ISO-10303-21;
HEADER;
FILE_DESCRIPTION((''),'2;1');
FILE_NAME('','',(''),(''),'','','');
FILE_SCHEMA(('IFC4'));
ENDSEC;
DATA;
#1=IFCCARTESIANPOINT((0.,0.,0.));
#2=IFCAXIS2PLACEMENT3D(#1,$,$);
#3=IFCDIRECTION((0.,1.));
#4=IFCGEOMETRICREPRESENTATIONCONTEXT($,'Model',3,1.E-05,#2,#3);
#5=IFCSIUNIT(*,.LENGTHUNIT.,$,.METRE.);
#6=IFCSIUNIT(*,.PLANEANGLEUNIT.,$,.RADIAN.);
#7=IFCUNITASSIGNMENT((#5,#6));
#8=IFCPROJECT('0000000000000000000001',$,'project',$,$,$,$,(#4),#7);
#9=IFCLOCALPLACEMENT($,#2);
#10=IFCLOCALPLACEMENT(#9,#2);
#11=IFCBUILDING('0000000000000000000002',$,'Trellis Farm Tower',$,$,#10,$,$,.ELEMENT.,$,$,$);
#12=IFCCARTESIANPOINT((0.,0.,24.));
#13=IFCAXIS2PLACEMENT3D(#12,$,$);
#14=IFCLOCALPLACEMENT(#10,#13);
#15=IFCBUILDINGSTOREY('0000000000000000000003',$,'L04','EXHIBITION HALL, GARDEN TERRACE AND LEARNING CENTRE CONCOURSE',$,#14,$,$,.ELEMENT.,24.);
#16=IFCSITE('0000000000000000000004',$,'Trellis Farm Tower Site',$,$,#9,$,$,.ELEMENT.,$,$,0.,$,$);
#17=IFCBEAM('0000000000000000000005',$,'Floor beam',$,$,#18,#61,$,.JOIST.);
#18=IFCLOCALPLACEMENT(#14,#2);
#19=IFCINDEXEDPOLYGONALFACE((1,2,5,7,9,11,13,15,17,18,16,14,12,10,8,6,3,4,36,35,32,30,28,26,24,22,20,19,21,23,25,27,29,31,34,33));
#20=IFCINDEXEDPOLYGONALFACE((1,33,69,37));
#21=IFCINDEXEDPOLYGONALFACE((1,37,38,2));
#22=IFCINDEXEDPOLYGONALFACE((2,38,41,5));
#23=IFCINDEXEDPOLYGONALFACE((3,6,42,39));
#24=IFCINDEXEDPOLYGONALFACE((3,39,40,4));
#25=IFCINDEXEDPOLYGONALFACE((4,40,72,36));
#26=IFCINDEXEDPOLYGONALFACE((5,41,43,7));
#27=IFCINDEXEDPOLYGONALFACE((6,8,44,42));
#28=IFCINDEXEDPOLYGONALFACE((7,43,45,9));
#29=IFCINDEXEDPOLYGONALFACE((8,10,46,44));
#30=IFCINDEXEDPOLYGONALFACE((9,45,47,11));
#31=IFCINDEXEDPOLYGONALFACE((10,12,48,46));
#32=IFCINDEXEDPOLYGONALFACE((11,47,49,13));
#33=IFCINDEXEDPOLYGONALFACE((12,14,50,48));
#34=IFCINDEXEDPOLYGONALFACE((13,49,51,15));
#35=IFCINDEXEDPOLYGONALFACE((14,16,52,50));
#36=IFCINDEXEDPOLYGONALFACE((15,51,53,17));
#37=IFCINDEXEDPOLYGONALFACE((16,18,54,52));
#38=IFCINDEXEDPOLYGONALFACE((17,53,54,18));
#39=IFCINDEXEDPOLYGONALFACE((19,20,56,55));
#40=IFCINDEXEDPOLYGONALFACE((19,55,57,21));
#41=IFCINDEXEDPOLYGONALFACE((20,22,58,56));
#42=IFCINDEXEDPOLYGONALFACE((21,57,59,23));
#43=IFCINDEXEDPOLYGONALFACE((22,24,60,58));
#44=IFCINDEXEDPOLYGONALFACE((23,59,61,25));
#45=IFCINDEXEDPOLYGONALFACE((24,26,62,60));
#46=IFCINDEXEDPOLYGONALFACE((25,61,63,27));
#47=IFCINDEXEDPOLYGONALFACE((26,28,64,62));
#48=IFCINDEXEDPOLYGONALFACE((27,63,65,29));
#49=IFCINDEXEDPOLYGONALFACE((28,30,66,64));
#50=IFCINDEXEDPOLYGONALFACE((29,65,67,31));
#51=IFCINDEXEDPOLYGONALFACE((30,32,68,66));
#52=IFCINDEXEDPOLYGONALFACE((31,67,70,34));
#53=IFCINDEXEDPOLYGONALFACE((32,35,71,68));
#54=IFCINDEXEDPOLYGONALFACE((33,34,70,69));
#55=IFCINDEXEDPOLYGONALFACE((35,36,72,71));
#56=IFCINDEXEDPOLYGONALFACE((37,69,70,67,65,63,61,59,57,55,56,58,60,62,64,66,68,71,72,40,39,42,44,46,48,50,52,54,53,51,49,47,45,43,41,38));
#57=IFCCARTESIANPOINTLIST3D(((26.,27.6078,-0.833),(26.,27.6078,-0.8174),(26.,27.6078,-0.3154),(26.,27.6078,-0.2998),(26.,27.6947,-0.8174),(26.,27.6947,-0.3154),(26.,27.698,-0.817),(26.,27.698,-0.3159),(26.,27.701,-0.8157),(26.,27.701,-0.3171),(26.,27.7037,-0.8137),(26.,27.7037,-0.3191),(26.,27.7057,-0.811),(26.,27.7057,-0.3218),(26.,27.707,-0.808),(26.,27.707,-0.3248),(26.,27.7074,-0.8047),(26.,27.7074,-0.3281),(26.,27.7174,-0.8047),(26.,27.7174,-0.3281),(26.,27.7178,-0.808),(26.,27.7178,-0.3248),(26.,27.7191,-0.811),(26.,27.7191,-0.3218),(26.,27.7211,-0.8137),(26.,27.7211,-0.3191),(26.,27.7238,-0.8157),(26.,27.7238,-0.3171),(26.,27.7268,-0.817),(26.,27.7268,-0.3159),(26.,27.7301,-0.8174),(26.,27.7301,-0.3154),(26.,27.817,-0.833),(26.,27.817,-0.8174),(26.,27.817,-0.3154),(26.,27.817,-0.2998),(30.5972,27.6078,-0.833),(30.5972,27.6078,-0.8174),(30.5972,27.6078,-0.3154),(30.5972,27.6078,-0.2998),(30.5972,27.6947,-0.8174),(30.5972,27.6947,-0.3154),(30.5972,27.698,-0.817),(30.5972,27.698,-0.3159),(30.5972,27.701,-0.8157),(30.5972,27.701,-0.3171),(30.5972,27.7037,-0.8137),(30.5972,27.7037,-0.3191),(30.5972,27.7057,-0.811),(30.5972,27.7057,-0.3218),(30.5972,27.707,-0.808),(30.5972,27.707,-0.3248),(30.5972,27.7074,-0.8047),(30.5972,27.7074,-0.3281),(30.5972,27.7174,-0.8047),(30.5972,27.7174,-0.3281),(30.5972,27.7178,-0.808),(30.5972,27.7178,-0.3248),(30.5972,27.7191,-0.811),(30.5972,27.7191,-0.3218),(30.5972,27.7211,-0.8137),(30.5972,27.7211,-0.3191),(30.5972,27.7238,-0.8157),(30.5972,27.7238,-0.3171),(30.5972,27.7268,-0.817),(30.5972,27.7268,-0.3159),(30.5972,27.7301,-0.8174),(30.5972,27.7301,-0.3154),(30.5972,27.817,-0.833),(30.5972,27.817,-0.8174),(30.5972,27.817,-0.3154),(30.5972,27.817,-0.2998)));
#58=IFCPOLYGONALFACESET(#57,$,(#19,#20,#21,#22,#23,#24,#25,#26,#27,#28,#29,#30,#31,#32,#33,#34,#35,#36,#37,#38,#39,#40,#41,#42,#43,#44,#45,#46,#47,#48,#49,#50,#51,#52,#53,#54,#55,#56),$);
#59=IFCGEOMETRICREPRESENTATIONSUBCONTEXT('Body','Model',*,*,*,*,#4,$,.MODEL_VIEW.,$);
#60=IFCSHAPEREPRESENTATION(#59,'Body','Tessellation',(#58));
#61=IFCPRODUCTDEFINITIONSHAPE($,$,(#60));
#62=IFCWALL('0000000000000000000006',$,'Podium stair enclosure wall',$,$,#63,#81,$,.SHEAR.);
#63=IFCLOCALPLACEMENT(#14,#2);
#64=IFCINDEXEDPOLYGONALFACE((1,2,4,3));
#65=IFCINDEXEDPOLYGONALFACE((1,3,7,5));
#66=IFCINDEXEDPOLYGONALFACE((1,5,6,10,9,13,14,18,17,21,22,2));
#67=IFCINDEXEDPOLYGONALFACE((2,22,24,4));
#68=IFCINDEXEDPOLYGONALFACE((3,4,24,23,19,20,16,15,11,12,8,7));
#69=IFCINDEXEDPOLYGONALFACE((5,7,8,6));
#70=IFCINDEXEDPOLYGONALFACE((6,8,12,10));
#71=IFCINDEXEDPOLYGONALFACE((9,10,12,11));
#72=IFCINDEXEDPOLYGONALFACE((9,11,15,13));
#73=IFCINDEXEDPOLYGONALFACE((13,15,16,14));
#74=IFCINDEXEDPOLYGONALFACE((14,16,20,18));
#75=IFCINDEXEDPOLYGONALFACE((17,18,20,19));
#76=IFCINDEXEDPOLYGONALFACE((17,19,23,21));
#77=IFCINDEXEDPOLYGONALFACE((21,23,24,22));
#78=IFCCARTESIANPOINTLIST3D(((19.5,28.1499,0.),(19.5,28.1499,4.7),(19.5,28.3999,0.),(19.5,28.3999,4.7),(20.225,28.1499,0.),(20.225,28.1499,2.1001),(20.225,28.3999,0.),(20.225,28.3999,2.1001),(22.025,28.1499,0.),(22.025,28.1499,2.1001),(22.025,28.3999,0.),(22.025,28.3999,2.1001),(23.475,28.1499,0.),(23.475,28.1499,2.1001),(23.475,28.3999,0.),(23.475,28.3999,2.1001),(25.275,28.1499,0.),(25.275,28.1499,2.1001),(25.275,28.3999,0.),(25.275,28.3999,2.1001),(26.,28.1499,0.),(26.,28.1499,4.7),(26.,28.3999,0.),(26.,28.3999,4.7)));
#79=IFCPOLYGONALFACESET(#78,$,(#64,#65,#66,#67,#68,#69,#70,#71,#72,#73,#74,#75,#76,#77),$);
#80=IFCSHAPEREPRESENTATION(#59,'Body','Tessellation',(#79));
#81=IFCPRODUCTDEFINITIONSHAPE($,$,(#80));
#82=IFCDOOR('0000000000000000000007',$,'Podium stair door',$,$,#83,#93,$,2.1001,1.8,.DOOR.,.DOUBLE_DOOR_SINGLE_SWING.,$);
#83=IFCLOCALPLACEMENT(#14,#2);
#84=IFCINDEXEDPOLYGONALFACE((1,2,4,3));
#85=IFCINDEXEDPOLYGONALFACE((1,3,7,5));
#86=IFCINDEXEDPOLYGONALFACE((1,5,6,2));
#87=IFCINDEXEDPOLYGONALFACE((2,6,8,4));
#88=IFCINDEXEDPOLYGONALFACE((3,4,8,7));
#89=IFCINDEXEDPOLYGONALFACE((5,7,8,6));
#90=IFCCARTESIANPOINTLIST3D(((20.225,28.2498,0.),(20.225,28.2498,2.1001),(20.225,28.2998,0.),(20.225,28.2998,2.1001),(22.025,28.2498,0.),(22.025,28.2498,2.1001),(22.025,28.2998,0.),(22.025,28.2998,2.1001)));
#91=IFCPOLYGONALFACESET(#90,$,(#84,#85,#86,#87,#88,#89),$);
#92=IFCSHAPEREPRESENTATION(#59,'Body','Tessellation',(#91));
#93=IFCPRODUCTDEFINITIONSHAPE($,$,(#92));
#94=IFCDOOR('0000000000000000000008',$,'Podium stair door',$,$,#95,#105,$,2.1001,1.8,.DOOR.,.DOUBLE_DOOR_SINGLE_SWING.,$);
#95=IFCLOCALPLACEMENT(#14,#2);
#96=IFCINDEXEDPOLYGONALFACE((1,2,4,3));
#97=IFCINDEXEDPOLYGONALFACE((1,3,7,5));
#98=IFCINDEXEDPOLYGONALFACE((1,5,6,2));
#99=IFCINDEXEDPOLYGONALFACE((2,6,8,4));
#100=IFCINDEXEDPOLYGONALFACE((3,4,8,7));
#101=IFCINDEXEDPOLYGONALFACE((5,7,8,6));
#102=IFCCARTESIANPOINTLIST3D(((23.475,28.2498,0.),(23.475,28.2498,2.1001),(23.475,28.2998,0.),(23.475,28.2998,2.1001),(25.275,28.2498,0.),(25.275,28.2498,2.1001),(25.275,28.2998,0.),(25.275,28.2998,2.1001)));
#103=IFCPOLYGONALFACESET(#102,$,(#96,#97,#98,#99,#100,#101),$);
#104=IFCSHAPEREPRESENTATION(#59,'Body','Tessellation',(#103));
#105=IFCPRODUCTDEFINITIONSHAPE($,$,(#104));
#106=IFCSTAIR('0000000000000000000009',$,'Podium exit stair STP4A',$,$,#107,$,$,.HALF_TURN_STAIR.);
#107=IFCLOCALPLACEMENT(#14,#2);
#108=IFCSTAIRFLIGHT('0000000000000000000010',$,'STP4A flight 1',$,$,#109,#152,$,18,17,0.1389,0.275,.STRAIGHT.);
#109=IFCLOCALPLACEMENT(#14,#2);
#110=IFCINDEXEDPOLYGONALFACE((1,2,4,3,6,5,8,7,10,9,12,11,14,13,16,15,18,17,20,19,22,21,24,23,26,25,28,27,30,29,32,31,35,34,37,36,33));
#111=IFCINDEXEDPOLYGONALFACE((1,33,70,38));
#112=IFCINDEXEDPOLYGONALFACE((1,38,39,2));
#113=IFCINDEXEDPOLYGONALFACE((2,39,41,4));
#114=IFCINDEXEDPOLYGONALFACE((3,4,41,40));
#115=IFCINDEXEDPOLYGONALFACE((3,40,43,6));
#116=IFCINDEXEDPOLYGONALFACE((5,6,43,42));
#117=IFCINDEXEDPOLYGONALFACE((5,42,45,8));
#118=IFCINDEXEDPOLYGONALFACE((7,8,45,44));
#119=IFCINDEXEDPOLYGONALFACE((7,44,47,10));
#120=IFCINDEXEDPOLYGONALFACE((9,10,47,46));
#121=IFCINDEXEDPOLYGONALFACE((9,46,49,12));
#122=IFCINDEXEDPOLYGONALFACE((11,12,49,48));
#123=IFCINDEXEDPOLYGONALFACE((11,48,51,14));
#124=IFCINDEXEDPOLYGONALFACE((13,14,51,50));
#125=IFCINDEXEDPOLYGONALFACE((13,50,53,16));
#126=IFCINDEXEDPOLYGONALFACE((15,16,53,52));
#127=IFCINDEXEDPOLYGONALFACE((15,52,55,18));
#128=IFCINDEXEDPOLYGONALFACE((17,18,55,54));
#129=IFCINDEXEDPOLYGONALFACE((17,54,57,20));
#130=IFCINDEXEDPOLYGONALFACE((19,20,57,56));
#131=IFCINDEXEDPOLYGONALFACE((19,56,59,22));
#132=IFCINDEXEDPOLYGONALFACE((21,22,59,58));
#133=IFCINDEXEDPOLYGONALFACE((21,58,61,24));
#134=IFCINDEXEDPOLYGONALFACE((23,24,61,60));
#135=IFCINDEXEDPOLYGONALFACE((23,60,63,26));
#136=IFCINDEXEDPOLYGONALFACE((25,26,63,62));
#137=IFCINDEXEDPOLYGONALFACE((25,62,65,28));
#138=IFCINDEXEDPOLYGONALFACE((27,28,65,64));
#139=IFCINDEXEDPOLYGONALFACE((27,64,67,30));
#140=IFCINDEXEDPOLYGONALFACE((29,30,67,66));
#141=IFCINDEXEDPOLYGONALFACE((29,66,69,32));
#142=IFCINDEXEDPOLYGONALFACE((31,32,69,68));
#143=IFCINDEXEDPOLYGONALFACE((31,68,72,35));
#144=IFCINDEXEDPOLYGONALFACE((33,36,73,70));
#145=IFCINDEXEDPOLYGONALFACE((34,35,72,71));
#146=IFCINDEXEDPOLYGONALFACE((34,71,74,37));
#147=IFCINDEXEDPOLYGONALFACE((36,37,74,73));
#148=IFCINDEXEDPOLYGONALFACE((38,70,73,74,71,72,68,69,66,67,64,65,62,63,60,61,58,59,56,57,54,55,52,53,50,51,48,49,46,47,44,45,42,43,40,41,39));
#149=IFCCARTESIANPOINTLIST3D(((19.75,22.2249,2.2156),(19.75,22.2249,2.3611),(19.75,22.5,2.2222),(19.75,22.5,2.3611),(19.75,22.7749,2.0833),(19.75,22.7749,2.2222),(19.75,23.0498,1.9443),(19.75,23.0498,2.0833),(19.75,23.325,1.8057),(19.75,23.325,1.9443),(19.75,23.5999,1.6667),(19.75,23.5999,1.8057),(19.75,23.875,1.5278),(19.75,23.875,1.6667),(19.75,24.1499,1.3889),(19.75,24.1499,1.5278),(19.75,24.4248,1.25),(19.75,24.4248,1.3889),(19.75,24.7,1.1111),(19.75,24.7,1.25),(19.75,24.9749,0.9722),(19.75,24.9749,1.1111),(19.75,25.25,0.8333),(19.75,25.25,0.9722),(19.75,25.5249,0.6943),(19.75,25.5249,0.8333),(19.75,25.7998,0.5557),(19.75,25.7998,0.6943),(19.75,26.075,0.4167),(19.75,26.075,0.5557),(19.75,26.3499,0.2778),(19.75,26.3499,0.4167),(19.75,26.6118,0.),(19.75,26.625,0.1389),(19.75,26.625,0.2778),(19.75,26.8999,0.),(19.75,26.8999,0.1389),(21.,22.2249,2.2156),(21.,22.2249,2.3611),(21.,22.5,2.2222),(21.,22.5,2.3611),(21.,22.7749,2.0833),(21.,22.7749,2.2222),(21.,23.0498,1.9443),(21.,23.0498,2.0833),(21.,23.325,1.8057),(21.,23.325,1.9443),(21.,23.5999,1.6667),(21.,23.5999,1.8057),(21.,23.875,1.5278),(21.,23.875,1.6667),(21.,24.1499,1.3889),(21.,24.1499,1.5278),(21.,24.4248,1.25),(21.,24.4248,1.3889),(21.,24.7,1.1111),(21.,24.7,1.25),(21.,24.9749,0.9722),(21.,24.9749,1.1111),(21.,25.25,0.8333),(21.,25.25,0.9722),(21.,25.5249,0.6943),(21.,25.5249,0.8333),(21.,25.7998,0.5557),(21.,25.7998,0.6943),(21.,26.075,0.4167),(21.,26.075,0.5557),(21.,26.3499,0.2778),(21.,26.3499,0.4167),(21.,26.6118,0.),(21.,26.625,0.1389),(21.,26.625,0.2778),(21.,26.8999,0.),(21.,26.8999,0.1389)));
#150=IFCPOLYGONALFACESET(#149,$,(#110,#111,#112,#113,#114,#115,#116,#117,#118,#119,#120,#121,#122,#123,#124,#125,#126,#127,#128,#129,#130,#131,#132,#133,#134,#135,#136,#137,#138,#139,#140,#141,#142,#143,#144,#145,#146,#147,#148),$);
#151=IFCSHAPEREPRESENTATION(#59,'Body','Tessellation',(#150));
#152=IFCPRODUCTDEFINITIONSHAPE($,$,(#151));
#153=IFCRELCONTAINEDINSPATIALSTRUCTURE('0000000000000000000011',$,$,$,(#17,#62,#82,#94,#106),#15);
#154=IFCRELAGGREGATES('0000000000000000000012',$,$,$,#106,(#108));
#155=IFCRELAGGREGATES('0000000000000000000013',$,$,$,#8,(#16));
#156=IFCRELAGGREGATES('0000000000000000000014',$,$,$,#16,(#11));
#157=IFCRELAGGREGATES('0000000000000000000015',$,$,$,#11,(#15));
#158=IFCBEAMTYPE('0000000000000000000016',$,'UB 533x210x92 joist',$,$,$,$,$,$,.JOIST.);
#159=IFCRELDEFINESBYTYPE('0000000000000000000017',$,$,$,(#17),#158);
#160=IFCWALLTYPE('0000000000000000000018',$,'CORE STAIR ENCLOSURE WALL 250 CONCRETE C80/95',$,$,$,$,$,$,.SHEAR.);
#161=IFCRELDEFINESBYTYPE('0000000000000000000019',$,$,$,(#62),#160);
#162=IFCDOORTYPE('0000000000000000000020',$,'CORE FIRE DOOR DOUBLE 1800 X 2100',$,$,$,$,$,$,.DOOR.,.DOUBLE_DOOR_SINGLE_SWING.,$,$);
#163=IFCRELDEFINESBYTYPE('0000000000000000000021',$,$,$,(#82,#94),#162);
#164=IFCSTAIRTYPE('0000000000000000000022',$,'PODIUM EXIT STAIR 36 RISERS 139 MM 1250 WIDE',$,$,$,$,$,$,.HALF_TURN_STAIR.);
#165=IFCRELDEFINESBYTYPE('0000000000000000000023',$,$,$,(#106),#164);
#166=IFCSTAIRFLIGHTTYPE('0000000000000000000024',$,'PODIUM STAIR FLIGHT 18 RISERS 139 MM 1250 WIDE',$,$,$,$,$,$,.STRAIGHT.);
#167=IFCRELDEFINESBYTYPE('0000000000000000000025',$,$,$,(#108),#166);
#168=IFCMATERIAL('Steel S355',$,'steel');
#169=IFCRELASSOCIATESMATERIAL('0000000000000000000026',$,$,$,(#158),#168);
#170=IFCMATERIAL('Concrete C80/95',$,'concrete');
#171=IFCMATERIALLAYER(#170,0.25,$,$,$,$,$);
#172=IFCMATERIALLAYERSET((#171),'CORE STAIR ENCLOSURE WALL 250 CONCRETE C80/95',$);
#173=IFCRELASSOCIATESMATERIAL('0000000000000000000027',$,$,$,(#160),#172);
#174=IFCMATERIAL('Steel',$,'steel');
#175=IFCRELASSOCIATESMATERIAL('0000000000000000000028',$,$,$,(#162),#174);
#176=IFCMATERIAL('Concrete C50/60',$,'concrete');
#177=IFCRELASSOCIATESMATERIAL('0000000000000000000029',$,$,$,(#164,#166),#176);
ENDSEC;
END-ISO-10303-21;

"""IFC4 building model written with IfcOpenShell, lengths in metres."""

from ifc_helpers import new_model, si_unit, direction, frame, frame_2d, origin, origin_2d, place, context, subcontext, project, spatial, polyline, rectangle, i_section, outline, extrude, source, transform, mapped, material, layer, layer_set, material_profile, profile_set, type_object, element, fill, aggregate, save


model = new_model("IFC4")

# Units and contexts
model_context = context("Model", 3, precision=1e-05, world=origin(), true_north=direction((0.0, 1.0)))
body_context = subcontext(model_context, "Body", "Model", "MODEL_VIEW")
ifc_project = project(units=[si_unit("LENGTHUNIT", "METRE"), si_unit("PLANEANGLEUNIT", "RADIAN")], contexts=[model_context])

# Site, building, storey
site_placement = place(None, origin())
site = spatial("IfcSite", under=ifc_project, at=site_placement, Name="Trellis Farm Tower Site", CompositionType="ELEMENT", RefElevation=0.0)
building_placement = place(site_placement, origin())
building = spatial("IfcBuilding", under=site, at=building_placement, Name="Trellis Farm Tower", CompositionType="ELEMENT")
storey_placement = place(building_placement, frame((0.0, 0.0, 24.0)))
storey = spatial("IfcBuildingStorey", under=building, at=storey_placement, Name="L04", Description="EXHIBITION HALL, GARDEN TERRACE AND LEARNING CENTRE CONCOURSE", CompositionType="ELEMENT", Elevation=24.0)

# Beam
ifc_material_1 = material(Name="Steel S355", Category="steel")
ifc_material_profile_1 = material_profile(ifc_material_1, i_section(OverallWidth=0.2092, OverallDepth=0.5332, WebThickness=0.01, FlangeThickness=0.0156, FilletRadius=0.0127, at=origin_2d()), Name="UB 533x210x92")
ifc_profile_set_1 = profile_set([ifc_material_profile_1], Name="Steel S355")
beam_type_1 = type_object("IfcBeamType", Name="UB 533x210x92 joist", PredefinedType="JOIST", material=ifc_profile_set_1)
shared_shape_1 = source(origin(), body_context, "Body", "SweptSolid", [
    extrude(i_section(OverallWidth=0.2092, OverallDepth=0.5332, WebThickness=0.01, FlangeThickness=0.0156, FilletRadius=0.0127, at=origin_2d()), origin(), (0.0, 0.0, 1.0), 4.5972),
])
beam_1_placement = place(storey_placement, frame((26.0, 27.7124, -0.5664), z_axis=(1.0, 0.0, 0.0), x_axis=(0.0, 1.0, 0.0)))
element("IfcBeam", 1, at=beam_1_placement, inside=storey, type_object=beam_type_1, Name="Floor beam", PredefinedType="JOIST", context=body_context, shape_type="MappedRepresentation", body=[
    mapped(shared_shape_1, transform((0.0, 0.0, 0.0))),
])

# Wall, openings, doors
ifc_material_2 = material(Name="Concrete C80/95", Category="concrete")
ifc_layer = layer(ifc_material_2, 0.25)
ifc_layer_set = layer_set([ifc_layer], Name="CORE STAIR ENCLOSURE WALL 250 CONCRETE C80/95")
wall_type = type_object("IfcWallType", Name="CORE STAIR ENCLOSURE WALL 250 CONCRETE C80/95", PredefinedType="SHEAR", material=ifc_layer_set)
shared_shape_2 = source(origin(), body_context, "Body", "SweptSolid", [
    extrude(rectangle(XDim=6.5, YDim=0.25, at=frame_2d((3.25, 0.0))), origin(), (0.0, 0.0, 1.0), 4.7),
])
wall_placement = place(storey_placement, frame((19.5, 28.2749, 0.0), z_axis=(0.0, 0.0, 1.0), x_axis=(1.0, 0.0, 0.0)))
wall = element("IfcWall", 2, at=wall_placement, inside=storey, type_object=wall_type, Name="Podium stair enclosure wall", PredefinedType="SHEAR", context=body_context, shape_type="MappedRepresentation", body=[
    mapped(shared_shape_2, transform((0.0, 0.0, 0.0))),
])
shared_shape_3 = source(origin(), body_context, "Body", "SweptSolid", [
    extrude(rectangle(XDim=1.8, YDim=2.1001, at=frame_2d((0.8999, 1.05))), frame((0.0, 0.135, 0.0), z_axis=(0.0, -1.0, 0.0), x_axis=(1.0, 0.0, 0.0)), (0.0, 0.0, 1.0), 0.27),
])
opening_1_placement = place(wall_placement, frame((0.7251, 0.0, 0.0)))
opening_1 = element("IfcOpeningElement", 3, at=opening_1_placement, cuts=wall, PredefinedType="OPENING", context=body_context, shape_type="MappedRepresentation", body=[
    mapped(shared_shape_3, transform((0.0, 0.0, 0.0))),
])
opening_2_placement = place(wall_placement, frame((3.9751, 0.0, 0.0)))
opening_2 = element("IfcOpeningElement", 4, at=opening_2_placement, cuts=wall, PredefinedType="OPENING", context=body_context, shape_type="MappedRepresentation", body=[
    mapped(shared_shape_3, transform((0.0, 0.0, 0.0))),
])
ifc_material_3 = material(Name="Steel", Category="steel")
door_type = type_object("IfcDoorType", Name="CORE FIRE DOOR DOUBLE 1800 X 2100", OperationType="DOUBLE_DOOR_SINGLE_SWING", PredefinedType="DOOR", material=ifc_material_3)
shared_shape_4 = source(origin(), body_context, "Body", "SweptSolid", [
    extrude(rectangle(XDim=1.8, YDim=2.1001, at=frame_2d((0.8999, 1.05))), frame((0.0, 0.0249, 0.0), z_axis=(0.0, -1.0, 0.0), x_axis=(1.0, 0.0, 0.0)), (0.0, 0.0, 1.0), 0.05),
])
door_1_placement = place(opening_1_placement, origin())
door_1 = element("IfcDoor", 5, at=door_1_placement, inside=storey, type_object=door_type, Name="Podium stair door", OperationType="DOUBLE_DOOR_SINGLE_SWING", OverallHeight=2.1001, OverallWidth=1.8, PredefinedType="DOOR", context=body_context, shape_type="MappedRepresentation", body=[
    mapped(shared_shape_4, transform((0.0, 0.0, 0.0))),
])
fill(opening_1, door_1)
door_2_placement = place(opening_2_placement, origin())
door_2 = element("IfcDoor", 6, at=door_2_placement, inside=storey, type_object=door_type, Name="Podium stair door", OperationType="DOUBLE_DOOR_SINGLE_SWING", OverallHeight=2.1001, OverallWidth=1.8, PredefinedType="DOOR", context=body_context, shape_type="MappedRepresentation", body=[
    mapped(shared_shape_4, transform((0.0, 0.0, 0.0))),
])
fill(opening_2, door_2)

# Stair, stair flight
ifc_material_4 = material(Name="Concrete C50/60", Category="concrete")
stair_type = type_object("IfcStairType", Name="PODIUM EXIT STAIR 36 RISERS 139 MM 1250 WIDE", PredefinedType="HALF_TURN_STAIR", material=ifc_material_4)
placement = place(storey_placement, origin())
stair_1 = element("IfcStair", 7, at=placement, inside=storey, type_object=stair_type, Name="Podium exit stair STP4A", PredefinedType="HALF_TURN_STAIR")
stair_flight_type = type_object("IfcStairFlightType", Name="PODIUM STAIR FLIGHT 18 RISERS 139 MM 1250 WIDE", PredefinedType="STRAIGHT", material=ifc_material_4)
shared_shape_5 = source(origin(), body_context, "Body", "SweptSolid", [
    extrude(outline(polyline([(0.0, 0.0), (0.0, 0.1389), (0.2749, 0.1389), (0.2749, 0.2778), (0.55, 0.2778), (0.55, 0.4167), (0.825, 0.4167), (0.825, 0.5557), (1.1001, 0.5557), (1.1001, 0.6943), (1.375, 0.6943), (1.375, 0.8333), (1.6499, 0.8333), (1.6499, 0.9722), (1.925, 0.9722), (1.925, 1.1111), (2.2, 1.1111), (2.2, 1.25), (2.4751, 1.25), (2.4751, 1.3889), (2.75, 1.3889), (2.75, 1.5278), (3.0249, 1.5278), (3.0249, 1.6667), (3.3, 1.6667), (3.3, 1.8057), (3.575, 1.8057), (3.575, 1.9443), (3.8501, 1.9443), (3.8501, 2.0833), (4.125, 2.0833), (4.125, 2.2222), (4.3999, 2.2222), (4.3999, 2.3611), (4.675, 2.3611), (4.675, 2.5), (4.675, 2.2156), (0.2881, 0.0), (0.0, 0.0)])), frame((0.0, 0.625, 0.0), z_axis=(0.0, -1.0, 0.0), x_axis=(1.0, 0.0, 0.0)), (0.0, 0.0, 1.0), 1.25),
])
stair_flight_1_placement = place(storey_placement, frame((20.375, 26.8999, 0.0), z_axis=(0.0, 0.0, 1.0), x_axis=(0.0, -1.0, 0.0)))
stair_flight_1 = element("IfcStairFlight", 8, at=stair_flight_1_placement, type_object=stair_flight_type, Name="STP4A flight 1", NumberOfRisers=18, NumberOfTreads=17, PredefinedType="STRAIGHT", RiserHeight=0.1389, TreadLength=0.275, context=body_context, shape_type="MappedRepresentation", body=[
    mapped(shared_shape_5, transform((0.0, 0.0, 0.0))),
])
aggregate(stair_1, [stair_flight_1])

save(model, "model.ifc")
